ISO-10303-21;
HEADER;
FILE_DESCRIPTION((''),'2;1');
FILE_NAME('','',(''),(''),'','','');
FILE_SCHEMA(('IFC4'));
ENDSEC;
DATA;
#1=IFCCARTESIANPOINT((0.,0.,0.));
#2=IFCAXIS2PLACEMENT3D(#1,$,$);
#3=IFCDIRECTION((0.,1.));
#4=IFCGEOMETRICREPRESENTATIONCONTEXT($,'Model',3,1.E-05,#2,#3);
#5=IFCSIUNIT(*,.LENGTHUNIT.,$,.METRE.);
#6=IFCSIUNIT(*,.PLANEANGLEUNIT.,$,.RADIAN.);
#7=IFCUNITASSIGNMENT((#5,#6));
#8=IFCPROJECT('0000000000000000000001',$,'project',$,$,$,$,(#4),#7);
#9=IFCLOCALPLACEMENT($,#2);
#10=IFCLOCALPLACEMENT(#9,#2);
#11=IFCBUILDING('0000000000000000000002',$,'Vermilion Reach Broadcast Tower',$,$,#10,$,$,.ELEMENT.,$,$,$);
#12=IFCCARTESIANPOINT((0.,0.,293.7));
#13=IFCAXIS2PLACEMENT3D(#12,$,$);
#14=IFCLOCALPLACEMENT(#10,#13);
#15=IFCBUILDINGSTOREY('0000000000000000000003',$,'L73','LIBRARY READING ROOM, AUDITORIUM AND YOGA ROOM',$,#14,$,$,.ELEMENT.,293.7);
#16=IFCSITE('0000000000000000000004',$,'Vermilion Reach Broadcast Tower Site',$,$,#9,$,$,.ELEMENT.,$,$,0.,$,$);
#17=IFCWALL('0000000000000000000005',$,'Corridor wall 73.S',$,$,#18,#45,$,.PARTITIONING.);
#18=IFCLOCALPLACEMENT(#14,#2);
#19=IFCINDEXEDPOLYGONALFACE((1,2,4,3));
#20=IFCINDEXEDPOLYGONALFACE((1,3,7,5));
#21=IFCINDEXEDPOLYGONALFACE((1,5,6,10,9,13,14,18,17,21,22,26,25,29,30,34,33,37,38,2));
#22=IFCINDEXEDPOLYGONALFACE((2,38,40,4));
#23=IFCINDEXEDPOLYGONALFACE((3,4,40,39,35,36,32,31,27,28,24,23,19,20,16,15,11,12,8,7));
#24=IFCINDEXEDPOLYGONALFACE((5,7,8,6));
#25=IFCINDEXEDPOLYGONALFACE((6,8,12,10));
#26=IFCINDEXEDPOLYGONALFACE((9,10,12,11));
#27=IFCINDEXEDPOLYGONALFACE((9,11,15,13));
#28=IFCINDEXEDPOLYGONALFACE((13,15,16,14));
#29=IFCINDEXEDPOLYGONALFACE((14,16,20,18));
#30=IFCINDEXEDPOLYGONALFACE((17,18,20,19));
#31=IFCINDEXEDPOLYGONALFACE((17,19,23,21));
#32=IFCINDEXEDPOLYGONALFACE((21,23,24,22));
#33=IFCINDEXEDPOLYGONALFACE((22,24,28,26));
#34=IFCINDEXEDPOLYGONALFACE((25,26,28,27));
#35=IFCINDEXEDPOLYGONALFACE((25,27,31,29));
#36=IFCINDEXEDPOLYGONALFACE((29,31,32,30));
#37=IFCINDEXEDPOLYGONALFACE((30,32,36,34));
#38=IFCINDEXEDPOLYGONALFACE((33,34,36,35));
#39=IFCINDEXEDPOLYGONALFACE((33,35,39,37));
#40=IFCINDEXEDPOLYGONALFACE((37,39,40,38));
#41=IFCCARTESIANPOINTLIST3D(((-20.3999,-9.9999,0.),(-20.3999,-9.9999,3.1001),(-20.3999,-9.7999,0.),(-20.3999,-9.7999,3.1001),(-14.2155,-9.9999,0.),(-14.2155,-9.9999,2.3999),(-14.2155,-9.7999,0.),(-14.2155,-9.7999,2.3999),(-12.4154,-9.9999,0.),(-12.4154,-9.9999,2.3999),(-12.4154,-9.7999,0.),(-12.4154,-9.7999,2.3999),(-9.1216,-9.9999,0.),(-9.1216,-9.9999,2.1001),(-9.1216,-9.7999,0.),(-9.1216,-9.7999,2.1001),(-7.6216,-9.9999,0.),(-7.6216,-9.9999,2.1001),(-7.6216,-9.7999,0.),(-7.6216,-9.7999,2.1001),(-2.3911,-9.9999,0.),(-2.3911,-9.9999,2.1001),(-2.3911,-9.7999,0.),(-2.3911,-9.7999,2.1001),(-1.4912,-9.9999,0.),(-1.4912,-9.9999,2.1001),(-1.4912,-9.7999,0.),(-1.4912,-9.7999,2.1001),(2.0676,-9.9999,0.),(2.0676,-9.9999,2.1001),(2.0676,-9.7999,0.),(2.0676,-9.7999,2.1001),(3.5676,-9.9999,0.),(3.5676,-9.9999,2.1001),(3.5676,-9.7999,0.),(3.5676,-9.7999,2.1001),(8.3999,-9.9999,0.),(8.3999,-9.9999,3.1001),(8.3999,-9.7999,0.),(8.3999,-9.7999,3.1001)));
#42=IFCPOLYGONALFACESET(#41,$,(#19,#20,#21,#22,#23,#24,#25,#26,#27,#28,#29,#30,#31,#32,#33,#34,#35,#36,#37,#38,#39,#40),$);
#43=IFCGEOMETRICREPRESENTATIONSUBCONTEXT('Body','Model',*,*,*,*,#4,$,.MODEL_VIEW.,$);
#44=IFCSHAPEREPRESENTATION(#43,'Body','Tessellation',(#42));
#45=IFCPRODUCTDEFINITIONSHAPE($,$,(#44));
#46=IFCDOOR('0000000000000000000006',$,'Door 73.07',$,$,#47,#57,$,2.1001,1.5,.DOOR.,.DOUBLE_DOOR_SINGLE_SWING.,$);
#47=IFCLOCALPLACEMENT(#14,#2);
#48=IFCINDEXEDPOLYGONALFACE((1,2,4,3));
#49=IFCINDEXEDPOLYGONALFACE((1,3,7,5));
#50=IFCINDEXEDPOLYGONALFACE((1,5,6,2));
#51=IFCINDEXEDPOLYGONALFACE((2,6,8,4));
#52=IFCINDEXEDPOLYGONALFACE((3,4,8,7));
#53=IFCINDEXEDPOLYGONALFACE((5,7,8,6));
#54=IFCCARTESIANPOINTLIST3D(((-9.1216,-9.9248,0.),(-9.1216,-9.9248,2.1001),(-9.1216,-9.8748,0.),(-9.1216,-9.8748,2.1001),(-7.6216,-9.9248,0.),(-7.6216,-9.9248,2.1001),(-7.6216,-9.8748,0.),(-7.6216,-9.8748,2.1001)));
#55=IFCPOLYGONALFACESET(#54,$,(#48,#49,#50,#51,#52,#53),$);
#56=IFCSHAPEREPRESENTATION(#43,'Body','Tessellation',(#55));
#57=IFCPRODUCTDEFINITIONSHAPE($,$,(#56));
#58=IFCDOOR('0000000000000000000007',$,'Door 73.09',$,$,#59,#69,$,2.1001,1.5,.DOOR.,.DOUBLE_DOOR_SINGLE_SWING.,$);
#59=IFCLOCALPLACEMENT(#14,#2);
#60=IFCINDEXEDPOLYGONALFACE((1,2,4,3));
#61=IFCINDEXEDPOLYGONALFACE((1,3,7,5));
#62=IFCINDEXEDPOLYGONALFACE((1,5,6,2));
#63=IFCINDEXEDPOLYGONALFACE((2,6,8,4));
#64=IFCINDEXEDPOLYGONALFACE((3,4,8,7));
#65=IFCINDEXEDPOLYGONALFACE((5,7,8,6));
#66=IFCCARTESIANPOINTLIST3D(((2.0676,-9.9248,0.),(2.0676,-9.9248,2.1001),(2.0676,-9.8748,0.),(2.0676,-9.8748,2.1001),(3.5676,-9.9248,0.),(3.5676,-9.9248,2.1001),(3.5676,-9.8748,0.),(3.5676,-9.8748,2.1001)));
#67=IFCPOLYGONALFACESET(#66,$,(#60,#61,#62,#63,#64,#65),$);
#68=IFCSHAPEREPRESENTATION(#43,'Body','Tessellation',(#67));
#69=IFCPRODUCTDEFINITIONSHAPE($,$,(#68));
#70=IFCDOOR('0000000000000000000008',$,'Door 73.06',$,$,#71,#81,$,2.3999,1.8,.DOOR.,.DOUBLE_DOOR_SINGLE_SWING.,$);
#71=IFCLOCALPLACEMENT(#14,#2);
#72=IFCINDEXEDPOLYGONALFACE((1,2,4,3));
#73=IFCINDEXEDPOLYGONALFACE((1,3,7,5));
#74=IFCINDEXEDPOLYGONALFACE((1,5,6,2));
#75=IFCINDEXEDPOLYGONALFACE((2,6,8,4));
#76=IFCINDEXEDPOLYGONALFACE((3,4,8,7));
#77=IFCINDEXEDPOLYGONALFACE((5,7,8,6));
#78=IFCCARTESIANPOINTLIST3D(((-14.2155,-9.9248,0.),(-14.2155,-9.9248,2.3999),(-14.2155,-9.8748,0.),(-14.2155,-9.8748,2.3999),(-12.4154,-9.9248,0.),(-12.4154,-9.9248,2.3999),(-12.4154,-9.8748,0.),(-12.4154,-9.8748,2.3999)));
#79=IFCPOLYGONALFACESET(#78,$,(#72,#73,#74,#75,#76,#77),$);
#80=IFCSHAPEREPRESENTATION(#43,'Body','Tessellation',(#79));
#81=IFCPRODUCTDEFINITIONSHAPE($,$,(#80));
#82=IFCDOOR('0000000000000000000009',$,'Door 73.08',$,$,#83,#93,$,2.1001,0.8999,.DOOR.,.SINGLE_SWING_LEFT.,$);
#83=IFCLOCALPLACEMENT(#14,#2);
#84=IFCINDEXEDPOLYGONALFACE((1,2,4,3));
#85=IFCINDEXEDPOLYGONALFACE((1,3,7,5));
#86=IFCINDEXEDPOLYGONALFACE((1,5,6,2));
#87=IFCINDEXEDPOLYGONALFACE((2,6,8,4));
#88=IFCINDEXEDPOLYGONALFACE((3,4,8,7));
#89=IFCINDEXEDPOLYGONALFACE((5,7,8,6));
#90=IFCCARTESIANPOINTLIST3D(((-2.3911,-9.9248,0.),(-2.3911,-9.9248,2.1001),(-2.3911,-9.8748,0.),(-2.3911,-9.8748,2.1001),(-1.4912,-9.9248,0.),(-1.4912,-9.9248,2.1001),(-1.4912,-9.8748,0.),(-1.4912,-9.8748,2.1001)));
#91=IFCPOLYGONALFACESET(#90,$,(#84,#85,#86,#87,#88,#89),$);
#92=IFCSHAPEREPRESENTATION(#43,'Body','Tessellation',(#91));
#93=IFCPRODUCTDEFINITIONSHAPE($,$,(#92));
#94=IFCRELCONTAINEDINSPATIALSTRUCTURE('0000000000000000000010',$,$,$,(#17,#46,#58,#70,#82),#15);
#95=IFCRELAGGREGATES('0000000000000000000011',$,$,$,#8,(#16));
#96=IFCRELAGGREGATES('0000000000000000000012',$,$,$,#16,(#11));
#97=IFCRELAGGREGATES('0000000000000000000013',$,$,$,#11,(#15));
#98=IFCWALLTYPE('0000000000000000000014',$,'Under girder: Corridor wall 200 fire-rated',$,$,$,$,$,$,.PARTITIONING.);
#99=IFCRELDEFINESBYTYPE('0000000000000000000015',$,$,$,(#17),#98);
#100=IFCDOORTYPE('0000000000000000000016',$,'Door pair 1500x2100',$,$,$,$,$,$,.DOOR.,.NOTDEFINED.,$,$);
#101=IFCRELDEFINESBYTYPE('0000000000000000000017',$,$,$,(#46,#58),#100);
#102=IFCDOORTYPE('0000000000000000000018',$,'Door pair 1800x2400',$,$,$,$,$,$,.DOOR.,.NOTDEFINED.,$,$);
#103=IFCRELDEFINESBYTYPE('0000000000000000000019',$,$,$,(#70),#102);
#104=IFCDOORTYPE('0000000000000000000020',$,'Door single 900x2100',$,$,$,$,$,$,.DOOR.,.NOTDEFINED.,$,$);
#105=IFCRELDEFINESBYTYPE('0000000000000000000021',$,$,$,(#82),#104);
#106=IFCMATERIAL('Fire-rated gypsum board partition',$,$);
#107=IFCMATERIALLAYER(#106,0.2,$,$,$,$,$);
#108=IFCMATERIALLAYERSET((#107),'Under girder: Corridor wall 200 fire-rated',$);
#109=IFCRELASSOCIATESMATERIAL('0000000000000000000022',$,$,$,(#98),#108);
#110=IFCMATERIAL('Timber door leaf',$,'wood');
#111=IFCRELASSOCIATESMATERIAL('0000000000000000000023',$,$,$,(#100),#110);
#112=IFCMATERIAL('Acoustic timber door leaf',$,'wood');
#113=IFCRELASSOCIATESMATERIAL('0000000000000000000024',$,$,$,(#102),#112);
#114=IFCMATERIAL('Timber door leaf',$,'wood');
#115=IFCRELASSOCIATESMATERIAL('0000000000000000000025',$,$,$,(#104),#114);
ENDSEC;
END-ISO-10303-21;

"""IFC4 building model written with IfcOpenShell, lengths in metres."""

from ifc_helpers import new_model, si_unit, direction, frame, frame_2d, origin, place, context, subcontext, project, spatial, rectangle, extrude, material, layer, layer_set, type_object, element, fill, save


model = new_model("IFC4")

# Units and contexts
model_context = context("Model", 3, precision=1e-05, world=origin(), true_north=direction((0.0, 1.0)))
body_context = subcontext(model_context, "Body", "Model", "MODEL_VIEW")
ifc_project = project(units=[si_unit("LENGTHUNIT", "METRE"), si_unit("PLANEANGLEUNIT", "RADIAN")], contexts=[model_context])

# Site, building, storey
site_placement = place(None, origin())
site = spatial("IfcSite", under=ifc_project, at=site_placement, Name="Vermilion Reach Broadcast Tower Site", CompositionType="ELEMENT", RefElevation=0.0)
building_placement = place(site_placement, origin())
building = spatial("IfcBuilding", under=site, at=building_placement, Name="Vermilion Reach Broadcast Tower", CompositionType="ELEMENT")
storey_placement = place(building_placement, frame((0.0, 0.0, 293.7)))
storey = spatial("IfcBuildingStorey", under=building, at=storey_placement, Name="L73", Description="LIBRARY READING ROOM, AUDITORIUM AND YOGA ROOM", CompositionType="ELEMENT", Elevation=293.7)

# Wall, openings, doors
ifc_material_1 = material(Name="Fire-rated gypsum board partition")
ifc_layer_1 = layer(ifc_material_1, 0.2)
ifc_layer_set_1 = layer_set([ifc_layer_1], Name="Under girder: Corridor wall 200 fire-rated")
wall_type_1 = type_object("IfcWallType", Name="Under girder: Corridor wall 200 fire-rated", PredefinedType="PARTITIONING", material=ifc_layer_set_1)
wall_1_placement = place(storey_placement, frame((8.3999, -9.8999, 0.0), z_axis=(0.0, 0.0, 1.0), x_axis=(-1.0, 0.0, 0.0)))
wall_1 = element("IfcWall", 1, at=wall_1_placement, inside=storey, type_object=wall_type_1, Name="Corridor wall 73.S", PredefinedType="PARTITIONING", context=body_context, shape_type="SweptSolid", body=[
    extrude(rectangle(XDim=28.7998, YDim=0.2, at=frame_2d((14.3999, 0.0))), origin(), (0.0, 0.0, 1.0), 3.1001),
])
opening_1_placement = place(wall_1_placement, frame((20.8154, 0.0, 0.0)))
opening_1 = element("IfcOpeningElement", 2, at=opening_1_placement, cuts=wall_1, PredefinedType="OPENING", context=body_context, shape_type="SweptSolid", body=[
    extrude(rectangle(XDim=1.8, YDim=2.3999, at=frame_2d((0.8999, 1.2))), frame((0.0, 0.1099, 0.0), z_axis=(0.0, -1.0, 0.0), x_axis=(1.0, 0.0, 0.0)), (0.0, 0.0, 1.0), 0.22),
])
opening_2_placement = place(wall_1_placement, frame((16.0215, 0.0, 0.0)))
opening_2 = element("IfcOpeningElement", 3, at=opening_2_placement, cuts=wall_1, PredefinedType="OPENING", context=body_context, shape_type="SweptSolid", body=[
    extrude(rectangle(XDim=1.5, YDim=2.1001, at=frame_2d((0.75, 1.05))), frame((0.0, 0.1099, 0.0), z_axis=(0.0, -1.0, 0.0), x_axis=(1.0, 0.0, 0.0)), (0.0, 0.0, 1.0), 0.22),
])
opening_3_placement = place(wall_1_placement, frame((9.8911, 0.0, 0.0)))
opening_3 = element("IfcOpeningElement", 4, at=opening_3_placement, cuts=wall_1, PredefinedType="OPENING", context=body_context, shape_type="SweptSolid", body=[
    extrude(rectangle(XDim=0.8999, YDim=2.1001, at=frame_2d((0.45, 1.05))), frame((0.0, 0.1099, 0.0), z_axis=(0.0, -1.0, 0.0), x_axis=(1.0, 0.0, 0.0)), (0.0, 0.0, 1.0), 0.22),
])
opening_4_placement = place(wall_1_placement, frame((4.8323, 0.0, 0.0)))
opening_4 = element("IfcOpeningElement", 5, at=opening_4_placement, cuts=wall_1, PredefinedType="OPENING", context=body_context, shape_type="SweptSolid", body=[
    extrude(rectangle(XDim=1.5, YDim=2.1001, at=frame_2d((0.75, 1.05))), frame((0.0, 0.1099, 0.0), z_axis=(0.0, -1.0, 0.0), x_axis=(1.0, 0.0, 0.0)), (0.0, 0.0, 1.0), 0.22),
])
ifc_material_2 = material(Name="Timber door leaf", Category="wood")
door_type_1 = type_object("IfcDoorType", Name="Door pair 1500x2100", OperationType="NOTDEFINED", PredefinedType="DOOR", material=ifc_material_2)
door_1_placement = place(opening_2_placement, origin())
door_1 = element("IfcDoor", 6, at=door_1_placement, inside=storey, type_object=door_type_1, Name="Door 73.07", OperationType="DOUBLE_DOOR_SINGLE_SWING", OverallHeight=2.1001, OverallWidth=1.5, PredefinedType="DOOR", context=body_context, shape_type="SweptSolid", body=[
    extrude(rectangle(XDim=1.5, YDim=2.1001, at=frame_2d((0.75, 1.05))), frame((0.0, 0.0249, 0.0), z_axis=(0.0, -1.0, 0.0), x_axis=(1.0, 0.0, 0.0)), (0.0, 0.0, 1.0), 0.05),
])
fill(opening_2, door_1)
door_2_placement = place(opening_4_placement, origin())
door_2 = element("IfcDoor", 7, at=door_2_placement, inside=storey, type_object=door_type_1, Name="Door 73.09", OperationType="DOUBLE_DOOR_SINGLE_SWING", OverallHeight=2.1001, OverallWidth=1.5, PredefinedType="DOOR", context=body_context, shape_type="SweptSolid", body=[
    extrude(rectangle(XDim=1.5, YDim=2.1001, at=frame_2d((0.75, 1.05))), frame((0.0, 0.0249, 0.0), z_axis=(0.0, -1.0, 0.0), x_axis=(1.0, 0.0, 0.0)), (0.0, 0.0, 1.0), 0.05),
])
fill(opening_4, door_2)
ifc_material_3 = material(Name="Acoustic timber door leaf", Category="wood")
door_type_2 = type_object("IfcDoorType", Name="Door pair 1800x2400", OperationType="NOTDEFINED", PredefinedType="DOOR", material=ifc_material_3)
door_3_placement = place(opening_1_placement, origin())
door_3 = element("IfcDoor", 8, at=door_3_placement, inside=storey, type_object=door_type_2, Name="Door 73.06", OperationType="DOUBLE_DOOR_SINGLE_SWING", OverallHeight=2.3999, OverallWidth=1.8, PredefinedType="DOOR", context=body_context, shape_type="SweptSolid", body=[
    extrude(rectangle(XDim=1.8, YDim=2.3999, at=frame_2d((0.8999, 1.2))), frame((0.0, 0.0249, 0.0), z_axis=(0.0, -1.0, 0.0), x_axis=(1.0, 0.0, 0.0)), (0.0, 0.0, 1.0), 0.05),
])
fill(opening_1, door_3)
ifc_material_4 = material(Name="Timber door leaf", Category="wood")
door_type_3 = type_object("IfcDoorType", Name="Door single 900x2100", OperationType="NOTDEFINED", PredefinedType="DOOR", material=ifc_material_4)
door_4_placement = place(opening_3_placement, origin())
door_4 = element("IfcDoor", 9, at=door_4_placement, inside=storey, type_object=door_type_3, Name="Door 73.08", OperationType="SINGLE_SWING_LEFT", OverallHeight=2.1001, OverallWidth=0.8999, PredefinedType="DOOR", context=body_context, shape_type="SweptSolid", body=[
    extrude(rectangle(XDim=0.8999, YDim=2.1001, at=frame_2d((0.45, 1.05))), frame((0.0, 0.0249, 0.0), z_axis=(0.0, -1.0, 0.0), x_axis=(1.0, 0.0, 0.0)), (0.0, 0.0, 1.0), 0.05),
])
fill(opening_3, door_4)

save(model, "model.ifc")
